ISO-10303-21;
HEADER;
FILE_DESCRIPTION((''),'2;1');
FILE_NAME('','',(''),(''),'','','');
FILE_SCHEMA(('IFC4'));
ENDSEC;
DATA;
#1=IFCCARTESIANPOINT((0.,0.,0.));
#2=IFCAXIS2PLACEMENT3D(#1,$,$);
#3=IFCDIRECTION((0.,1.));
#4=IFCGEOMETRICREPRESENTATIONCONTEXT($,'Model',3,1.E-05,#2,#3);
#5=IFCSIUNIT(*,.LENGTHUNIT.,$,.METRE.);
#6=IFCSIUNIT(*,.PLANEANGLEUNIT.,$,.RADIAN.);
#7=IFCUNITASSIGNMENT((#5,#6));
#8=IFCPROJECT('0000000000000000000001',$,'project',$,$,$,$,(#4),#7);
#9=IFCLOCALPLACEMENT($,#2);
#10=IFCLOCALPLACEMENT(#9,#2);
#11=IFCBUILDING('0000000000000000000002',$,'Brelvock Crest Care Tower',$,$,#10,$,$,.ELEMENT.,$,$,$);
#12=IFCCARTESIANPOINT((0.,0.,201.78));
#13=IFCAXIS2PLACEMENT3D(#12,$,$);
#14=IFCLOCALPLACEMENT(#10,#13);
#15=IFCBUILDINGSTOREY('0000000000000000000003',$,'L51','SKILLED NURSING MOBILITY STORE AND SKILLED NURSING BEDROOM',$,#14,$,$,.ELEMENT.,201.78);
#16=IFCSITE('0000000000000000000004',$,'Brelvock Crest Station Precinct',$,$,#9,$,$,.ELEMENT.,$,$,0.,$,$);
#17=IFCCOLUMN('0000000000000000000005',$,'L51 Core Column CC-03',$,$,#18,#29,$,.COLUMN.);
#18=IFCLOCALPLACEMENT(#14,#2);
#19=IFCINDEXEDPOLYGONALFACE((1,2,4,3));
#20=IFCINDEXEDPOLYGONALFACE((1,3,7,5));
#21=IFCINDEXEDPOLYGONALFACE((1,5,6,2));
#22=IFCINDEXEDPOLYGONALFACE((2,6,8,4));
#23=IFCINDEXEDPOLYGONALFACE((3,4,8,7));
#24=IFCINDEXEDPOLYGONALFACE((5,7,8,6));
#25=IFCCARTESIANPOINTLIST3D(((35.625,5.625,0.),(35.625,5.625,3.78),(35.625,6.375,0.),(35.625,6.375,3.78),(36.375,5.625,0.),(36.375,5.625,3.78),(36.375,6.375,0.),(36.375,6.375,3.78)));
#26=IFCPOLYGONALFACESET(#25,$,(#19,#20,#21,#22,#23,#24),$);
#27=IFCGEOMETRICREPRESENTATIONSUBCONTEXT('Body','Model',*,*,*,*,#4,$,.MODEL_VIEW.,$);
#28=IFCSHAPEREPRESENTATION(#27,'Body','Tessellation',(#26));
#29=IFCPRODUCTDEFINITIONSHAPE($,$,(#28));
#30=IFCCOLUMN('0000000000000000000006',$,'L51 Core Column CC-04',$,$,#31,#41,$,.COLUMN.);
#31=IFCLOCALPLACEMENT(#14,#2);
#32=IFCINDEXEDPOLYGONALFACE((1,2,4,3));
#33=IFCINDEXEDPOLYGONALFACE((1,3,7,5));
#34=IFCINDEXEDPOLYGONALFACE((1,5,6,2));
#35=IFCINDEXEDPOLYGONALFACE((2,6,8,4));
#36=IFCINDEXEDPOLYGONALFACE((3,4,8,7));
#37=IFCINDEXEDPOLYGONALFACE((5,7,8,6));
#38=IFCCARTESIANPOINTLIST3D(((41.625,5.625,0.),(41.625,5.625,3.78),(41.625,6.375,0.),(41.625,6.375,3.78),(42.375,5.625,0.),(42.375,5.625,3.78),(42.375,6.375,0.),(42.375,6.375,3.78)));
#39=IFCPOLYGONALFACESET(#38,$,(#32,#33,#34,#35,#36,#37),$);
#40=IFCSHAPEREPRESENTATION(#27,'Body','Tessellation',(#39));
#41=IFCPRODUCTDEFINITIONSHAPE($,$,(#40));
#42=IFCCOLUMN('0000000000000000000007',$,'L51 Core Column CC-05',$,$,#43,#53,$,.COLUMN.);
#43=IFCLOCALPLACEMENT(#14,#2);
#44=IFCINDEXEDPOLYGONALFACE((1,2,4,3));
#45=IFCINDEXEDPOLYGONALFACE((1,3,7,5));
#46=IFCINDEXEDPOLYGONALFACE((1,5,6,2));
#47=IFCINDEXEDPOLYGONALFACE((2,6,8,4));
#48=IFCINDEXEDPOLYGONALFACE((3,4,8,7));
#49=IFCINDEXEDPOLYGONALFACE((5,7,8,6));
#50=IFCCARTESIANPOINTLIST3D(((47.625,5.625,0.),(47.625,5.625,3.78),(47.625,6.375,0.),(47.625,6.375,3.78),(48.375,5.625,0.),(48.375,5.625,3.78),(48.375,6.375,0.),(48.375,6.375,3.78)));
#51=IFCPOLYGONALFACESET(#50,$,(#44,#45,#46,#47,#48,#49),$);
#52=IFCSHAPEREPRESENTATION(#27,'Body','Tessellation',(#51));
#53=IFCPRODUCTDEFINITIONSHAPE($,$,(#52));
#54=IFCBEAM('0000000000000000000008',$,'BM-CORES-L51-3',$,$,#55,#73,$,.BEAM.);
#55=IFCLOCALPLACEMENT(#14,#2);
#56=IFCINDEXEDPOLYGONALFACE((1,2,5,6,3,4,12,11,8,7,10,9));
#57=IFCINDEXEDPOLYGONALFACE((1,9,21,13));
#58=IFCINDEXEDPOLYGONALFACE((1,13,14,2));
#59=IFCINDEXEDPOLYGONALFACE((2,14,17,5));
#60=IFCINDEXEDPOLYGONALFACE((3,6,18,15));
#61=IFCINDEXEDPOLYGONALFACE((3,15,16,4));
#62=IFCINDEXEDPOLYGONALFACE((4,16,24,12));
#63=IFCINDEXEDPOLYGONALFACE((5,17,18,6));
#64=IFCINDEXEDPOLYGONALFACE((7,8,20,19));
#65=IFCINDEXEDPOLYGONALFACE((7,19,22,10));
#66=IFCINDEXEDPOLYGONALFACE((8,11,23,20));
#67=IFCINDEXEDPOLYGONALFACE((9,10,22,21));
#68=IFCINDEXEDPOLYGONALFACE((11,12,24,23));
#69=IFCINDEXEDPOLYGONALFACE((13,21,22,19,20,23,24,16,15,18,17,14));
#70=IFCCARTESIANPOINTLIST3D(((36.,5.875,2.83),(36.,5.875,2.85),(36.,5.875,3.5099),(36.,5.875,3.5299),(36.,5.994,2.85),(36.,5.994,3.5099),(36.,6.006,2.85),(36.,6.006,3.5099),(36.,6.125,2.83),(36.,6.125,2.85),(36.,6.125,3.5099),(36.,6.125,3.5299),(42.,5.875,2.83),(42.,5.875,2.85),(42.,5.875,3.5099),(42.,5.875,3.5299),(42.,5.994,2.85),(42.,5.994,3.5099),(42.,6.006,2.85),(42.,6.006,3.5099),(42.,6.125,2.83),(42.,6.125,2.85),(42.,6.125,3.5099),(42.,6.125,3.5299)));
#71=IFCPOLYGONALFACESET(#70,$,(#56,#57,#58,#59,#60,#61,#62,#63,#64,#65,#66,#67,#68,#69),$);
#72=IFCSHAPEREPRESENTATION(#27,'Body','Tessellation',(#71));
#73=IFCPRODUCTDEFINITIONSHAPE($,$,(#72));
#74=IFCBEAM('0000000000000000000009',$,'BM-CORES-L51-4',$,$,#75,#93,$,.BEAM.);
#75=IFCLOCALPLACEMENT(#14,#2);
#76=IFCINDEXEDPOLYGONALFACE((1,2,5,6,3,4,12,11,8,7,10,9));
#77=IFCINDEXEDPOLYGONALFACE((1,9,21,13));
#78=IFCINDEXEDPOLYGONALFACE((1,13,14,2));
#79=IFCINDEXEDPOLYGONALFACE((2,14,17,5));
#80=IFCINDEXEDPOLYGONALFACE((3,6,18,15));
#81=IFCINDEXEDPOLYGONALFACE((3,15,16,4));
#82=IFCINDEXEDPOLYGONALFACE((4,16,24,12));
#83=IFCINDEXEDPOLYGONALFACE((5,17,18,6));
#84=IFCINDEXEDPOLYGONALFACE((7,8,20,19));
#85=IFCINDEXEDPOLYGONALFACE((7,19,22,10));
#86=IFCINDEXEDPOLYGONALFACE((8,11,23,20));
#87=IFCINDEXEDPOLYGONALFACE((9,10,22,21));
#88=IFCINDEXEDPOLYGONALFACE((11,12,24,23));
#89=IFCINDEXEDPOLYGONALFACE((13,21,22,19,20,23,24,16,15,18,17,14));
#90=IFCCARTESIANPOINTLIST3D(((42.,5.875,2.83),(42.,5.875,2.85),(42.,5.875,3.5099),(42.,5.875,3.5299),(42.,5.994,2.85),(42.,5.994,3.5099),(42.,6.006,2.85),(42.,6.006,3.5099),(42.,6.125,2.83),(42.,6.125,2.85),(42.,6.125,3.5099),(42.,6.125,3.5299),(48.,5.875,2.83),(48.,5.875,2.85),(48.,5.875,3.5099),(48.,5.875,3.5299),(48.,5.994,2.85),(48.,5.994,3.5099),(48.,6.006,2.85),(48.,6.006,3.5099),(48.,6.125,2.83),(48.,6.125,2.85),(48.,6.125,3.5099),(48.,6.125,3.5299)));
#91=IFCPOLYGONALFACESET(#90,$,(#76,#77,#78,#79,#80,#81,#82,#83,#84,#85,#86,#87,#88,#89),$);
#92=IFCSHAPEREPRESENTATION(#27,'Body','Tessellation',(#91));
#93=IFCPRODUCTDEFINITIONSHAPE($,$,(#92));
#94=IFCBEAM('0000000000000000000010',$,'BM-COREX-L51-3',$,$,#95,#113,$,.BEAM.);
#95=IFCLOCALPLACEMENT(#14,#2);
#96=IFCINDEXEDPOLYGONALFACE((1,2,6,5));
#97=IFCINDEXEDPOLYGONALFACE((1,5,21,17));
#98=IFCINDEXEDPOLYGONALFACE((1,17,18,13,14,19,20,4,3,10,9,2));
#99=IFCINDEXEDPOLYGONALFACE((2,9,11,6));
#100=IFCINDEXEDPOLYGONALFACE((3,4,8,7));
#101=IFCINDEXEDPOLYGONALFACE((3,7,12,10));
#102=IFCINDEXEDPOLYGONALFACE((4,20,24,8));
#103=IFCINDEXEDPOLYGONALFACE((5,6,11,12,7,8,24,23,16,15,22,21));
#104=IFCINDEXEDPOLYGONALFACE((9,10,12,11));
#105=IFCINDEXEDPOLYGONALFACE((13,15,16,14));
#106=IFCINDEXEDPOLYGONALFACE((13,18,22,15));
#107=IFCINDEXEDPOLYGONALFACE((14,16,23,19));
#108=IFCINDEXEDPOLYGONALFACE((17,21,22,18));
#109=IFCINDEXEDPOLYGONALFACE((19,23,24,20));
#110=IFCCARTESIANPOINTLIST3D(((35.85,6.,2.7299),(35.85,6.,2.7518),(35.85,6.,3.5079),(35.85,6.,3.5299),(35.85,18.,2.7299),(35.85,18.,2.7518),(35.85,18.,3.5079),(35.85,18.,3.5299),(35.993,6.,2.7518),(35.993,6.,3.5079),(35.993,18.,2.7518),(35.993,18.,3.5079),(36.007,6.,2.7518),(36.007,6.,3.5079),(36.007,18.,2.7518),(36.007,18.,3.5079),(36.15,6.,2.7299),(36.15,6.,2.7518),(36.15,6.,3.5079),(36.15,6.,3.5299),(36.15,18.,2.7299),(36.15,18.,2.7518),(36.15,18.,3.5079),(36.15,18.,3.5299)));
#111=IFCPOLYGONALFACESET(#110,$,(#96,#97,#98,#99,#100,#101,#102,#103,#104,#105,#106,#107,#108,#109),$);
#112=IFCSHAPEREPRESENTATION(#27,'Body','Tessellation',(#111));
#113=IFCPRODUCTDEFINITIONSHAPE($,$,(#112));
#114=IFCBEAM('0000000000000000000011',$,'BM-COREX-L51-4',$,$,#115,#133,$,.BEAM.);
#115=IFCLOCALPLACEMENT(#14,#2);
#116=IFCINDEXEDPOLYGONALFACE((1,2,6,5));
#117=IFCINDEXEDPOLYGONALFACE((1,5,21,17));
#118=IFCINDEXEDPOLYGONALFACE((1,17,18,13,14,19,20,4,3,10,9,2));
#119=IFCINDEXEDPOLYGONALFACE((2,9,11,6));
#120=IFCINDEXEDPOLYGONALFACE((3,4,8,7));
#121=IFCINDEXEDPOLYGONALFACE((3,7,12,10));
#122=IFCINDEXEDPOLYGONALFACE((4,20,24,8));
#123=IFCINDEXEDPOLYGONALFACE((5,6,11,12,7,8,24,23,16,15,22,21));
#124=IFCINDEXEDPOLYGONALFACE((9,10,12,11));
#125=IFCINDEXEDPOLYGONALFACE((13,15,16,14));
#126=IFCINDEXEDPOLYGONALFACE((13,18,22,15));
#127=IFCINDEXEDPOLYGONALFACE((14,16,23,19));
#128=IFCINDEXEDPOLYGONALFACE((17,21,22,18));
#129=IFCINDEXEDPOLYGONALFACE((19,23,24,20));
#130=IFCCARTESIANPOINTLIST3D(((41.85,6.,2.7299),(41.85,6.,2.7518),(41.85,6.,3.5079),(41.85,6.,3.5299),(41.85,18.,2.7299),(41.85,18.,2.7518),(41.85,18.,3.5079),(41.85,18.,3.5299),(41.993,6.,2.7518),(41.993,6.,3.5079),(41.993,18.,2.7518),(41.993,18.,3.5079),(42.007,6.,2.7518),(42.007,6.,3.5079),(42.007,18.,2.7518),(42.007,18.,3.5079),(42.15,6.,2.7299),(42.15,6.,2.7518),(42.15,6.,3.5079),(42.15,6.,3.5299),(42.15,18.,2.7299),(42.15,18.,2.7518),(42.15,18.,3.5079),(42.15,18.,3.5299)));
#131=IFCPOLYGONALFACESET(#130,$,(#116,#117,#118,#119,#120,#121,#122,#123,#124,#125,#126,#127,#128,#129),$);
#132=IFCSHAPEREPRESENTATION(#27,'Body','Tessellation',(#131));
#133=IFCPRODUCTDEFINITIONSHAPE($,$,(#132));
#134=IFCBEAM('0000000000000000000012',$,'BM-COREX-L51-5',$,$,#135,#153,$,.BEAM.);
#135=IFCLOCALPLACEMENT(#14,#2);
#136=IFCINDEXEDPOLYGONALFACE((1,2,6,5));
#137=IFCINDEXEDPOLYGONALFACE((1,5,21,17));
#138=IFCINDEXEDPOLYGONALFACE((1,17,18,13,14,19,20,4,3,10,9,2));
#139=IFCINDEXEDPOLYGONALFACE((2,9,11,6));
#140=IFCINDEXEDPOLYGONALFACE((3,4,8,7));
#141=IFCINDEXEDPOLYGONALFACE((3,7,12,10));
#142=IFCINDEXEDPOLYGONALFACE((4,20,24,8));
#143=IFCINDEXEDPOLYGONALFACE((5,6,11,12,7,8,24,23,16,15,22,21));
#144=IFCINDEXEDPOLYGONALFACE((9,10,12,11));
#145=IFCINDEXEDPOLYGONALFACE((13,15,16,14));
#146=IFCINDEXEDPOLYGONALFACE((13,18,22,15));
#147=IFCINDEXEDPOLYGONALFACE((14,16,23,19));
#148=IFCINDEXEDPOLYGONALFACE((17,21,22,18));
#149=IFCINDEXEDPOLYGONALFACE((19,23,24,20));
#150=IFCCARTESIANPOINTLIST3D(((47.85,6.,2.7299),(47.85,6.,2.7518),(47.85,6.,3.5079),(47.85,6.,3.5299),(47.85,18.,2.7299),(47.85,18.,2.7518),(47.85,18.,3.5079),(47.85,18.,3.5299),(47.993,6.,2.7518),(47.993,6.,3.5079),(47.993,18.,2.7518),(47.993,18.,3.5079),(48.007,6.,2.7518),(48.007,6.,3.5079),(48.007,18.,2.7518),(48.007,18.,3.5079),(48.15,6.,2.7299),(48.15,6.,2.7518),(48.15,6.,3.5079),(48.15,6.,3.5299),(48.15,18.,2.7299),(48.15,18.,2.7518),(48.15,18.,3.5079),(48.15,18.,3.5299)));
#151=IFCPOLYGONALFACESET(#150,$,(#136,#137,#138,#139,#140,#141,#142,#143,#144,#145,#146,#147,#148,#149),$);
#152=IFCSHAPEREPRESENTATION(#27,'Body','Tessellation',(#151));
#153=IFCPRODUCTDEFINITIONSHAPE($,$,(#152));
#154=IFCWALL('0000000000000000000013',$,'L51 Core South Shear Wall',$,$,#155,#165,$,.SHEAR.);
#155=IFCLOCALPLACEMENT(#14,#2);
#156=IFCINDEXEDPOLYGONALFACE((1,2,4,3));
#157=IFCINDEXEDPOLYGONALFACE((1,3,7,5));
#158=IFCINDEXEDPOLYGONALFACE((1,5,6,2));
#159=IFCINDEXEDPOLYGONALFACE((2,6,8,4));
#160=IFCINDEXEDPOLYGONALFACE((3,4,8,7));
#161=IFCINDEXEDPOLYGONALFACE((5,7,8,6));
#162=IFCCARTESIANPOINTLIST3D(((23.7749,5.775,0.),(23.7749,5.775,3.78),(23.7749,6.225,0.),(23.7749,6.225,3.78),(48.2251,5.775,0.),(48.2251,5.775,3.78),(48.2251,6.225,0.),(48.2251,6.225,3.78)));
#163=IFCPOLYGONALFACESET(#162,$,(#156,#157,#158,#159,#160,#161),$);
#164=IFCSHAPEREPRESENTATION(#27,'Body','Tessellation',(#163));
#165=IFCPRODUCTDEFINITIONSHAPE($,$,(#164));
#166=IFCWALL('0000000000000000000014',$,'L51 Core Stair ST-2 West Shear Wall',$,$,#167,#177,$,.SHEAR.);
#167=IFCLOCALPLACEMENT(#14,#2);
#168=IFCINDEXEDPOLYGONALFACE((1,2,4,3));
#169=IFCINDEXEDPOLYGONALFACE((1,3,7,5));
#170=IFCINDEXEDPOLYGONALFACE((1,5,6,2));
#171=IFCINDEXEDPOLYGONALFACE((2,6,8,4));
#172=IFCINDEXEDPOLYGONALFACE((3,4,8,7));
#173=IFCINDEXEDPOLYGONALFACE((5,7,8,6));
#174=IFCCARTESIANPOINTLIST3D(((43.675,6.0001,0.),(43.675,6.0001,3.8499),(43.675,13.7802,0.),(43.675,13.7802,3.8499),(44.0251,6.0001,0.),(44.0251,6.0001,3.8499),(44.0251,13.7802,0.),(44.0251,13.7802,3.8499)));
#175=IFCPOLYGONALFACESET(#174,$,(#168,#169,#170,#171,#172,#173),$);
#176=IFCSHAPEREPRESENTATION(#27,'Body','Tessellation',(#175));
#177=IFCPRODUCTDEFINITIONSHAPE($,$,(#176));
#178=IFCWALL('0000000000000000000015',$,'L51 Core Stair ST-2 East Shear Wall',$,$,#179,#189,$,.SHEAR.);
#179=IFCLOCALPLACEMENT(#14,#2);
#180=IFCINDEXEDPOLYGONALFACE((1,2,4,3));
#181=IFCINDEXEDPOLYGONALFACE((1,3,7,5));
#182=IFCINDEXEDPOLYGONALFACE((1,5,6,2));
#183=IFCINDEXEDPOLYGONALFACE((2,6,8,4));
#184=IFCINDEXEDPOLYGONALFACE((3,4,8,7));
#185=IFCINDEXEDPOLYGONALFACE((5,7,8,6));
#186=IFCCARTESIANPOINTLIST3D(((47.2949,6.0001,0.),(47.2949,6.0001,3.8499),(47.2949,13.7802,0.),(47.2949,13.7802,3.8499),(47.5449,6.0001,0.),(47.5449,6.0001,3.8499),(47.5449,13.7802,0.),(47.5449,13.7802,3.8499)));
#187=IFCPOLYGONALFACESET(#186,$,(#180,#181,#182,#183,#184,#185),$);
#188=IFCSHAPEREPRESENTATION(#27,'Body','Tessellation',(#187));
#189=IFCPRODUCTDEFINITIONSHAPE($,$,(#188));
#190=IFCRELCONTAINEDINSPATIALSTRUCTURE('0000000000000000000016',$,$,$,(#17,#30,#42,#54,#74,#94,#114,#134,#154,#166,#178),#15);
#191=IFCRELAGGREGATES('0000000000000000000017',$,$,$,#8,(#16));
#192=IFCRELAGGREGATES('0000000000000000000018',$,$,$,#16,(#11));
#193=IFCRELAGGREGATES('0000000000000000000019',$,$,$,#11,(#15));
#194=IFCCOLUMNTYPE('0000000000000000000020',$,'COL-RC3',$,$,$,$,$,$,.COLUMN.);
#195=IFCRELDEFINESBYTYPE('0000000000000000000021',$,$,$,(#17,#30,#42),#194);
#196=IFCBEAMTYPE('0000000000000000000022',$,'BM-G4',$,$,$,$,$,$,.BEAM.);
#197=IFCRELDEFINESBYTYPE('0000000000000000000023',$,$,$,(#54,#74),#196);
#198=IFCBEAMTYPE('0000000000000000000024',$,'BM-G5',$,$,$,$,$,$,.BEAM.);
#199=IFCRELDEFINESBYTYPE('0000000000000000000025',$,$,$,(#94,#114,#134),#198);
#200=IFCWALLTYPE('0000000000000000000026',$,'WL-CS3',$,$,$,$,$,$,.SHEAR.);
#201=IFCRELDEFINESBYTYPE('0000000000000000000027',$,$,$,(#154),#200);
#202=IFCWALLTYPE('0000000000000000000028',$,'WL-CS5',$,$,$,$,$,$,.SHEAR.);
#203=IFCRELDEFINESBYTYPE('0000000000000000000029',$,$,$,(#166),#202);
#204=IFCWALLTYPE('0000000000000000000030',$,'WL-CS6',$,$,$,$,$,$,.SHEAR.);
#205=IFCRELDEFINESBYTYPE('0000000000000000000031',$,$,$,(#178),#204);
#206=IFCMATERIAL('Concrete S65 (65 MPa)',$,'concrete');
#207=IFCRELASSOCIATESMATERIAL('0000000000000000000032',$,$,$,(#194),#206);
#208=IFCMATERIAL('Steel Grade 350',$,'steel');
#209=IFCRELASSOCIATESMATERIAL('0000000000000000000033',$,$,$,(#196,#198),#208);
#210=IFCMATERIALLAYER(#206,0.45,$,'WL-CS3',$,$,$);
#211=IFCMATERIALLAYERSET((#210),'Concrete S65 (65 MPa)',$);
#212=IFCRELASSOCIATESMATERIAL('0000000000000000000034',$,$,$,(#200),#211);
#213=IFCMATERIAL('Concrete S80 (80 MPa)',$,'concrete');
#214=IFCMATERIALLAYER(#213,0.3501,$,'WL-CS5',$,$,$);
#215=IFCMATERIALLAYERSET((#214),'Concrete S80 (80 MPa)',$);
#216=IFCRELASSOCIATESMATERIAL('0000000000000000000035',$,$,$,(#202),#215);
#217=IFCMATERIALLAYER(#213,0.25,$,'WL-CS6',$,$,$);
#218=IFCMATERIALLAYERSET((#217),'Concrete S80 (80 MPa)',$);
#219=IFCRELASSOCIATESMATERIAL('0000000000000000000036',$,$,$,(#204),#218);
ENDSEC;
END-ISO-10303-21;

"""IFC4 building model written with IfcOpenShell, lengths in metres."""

from ifc_helpers import new_model, si_unit, direction, frame, frame_2d, origin, origin_2d, place, context, subcontext, project, spatial, rectangle, i_section, extrude, source, transform, mapped, material, layer, layer_set, material_profile, profile_set, type_object, element, save


model = new_model("IFC4")

# Units and contexts
model_context = context("Model", 3, precision=1e-05, world=origin(), true_north=direction((0.0, 1.0)))
body_context = subcontext(model_context, "Body", "Model", "MODEL_VIEW")
ifc_project = project(units=[si_unit("LENGTHUNIT", "METRE"), si_unit("PLANEANGLEUNIT", "RADIAN")], contexts=[model_context])

# Site, building, storey
site_placement = place(None, origin())
site = spatial("IfcSite", under=ifc_project, at=site_placement, Name="Brelvock Crest Station Precinct", CompositionType="ELEMENT", RefElevation=0.0)
building_placement = place(site_placement, origin())
building = spatial("IfcBuilding", under=site, at=building_placement, Name="Brelvock Crest Care Tower", CompositionType="ELEMENT")
storey_placement = place(building_placement, frame((0.0, 0.0, 201.78)))
storey = spatial("IfcBuildingStorey", under=building, at=storey_placement, Name="L51", Description="SKILLED NURSING MOBILITY STORE AND SKILLED NURSING BEDROOM", CompositionType="ELEMENT", Elevation=201.78)

# Columns
ifc_material_1 = material(Name="Concrete S65 (65 MPa)", Category="concrete")
ifc_material_profile_1 = material_profile(ifc_material_1, rectangle(XDim=0.75, YDim=0.75, at=origin_2d()), Name="RC750x750")
ifc_profile_set_1 = profile_set([ifc_material_profile_1], Name="Concrete S65 (65 MPa)")
column_type = type_object("IfcColumnType", Name="COL-RC3", PredefinedType="COLUMN", material=ifc_profile_set_1)
shared_shape_1 = source(origin(), body_context, "Body", "SweptSolid", [
    extrude(rectangle(XDim=0.75, YDim=0.75, at=origin_2d()), origin(), (0.0, 0.0, 1.0), 3.78),
])
for number, where, z_axis, x_axis, name in (
    (1, (36.0, 6.0, 0.0), (0.0, 0.0, 1.0), (1.0, 0.0, 0.0), "L51 Core Column CC-03"),
    (2, (42.0, 6.0, 0.0), (0.0, 0.0, 1.0), (1.0, 0.0, 0.0), "L51 Core Column CC-04"),
    (3, (48.0, 6.0, 0.0), (0.0, 0.0, 1.0), (1.0, 0.0, 0.0), "L51 Core Column CC-05"),
):
    element("IfcColumn", number, at=place(storey_placement, frame(where, z_axis=z_axis, x_axis=x_axis)), inside=storey, type_object=column_type, Name=name, PredefinedType="COLUMN", context=body_context, shape_type="MappedRepresentation", body=[
        mapped(shared_shape_1, transform((0.0, 0.0, 0.0), x_axis=(1.0, 0.0, 0.0), y_axis=(0.0, 1.0, 0.0), z_axis=(0.0, 0.0, 1.0), scale=1.0)),
    ])

# Beams
ifc_material_2 = material(Name="Steel Grade 350", Category="steel")
ifc_material_profile_2 = material_profile(ifc_material_2, i_section(OverallWidth=0.25, OverallDepth=0.7, WebThickness=0.012, FlangeThickness=0.02, at=origin_2d()), Name="700WB150")
ifc_profile_set_2 = profile_set([ifc_material_profile_2], Name="Steel Grade 350")
beam_type_1 = type_object("IfcBeamType", Name="BM-G4", PredefinedType="BEAM", material=ifc_profile_set_2)
shared_shape_2 = source(origin(), body_context, "Body", "SweptSolid", [
    extrude(i_section(OverallWidth=0.25, OverallDepth=0.7, WebThickness=0.012, FlangeThickness=0.02, at=origin_2d()), origin(), (0.0, 0.0, 1.0), 6.0),
])
for number, where, z_axis, x_axis, name in (
    (4, (36.0, 6.0, 3.1799), (1.0, 0.0, 0.0), (0.0, 1.0, 0.0), "BM-CORES-L51-3"),
    (5, (42.0, 6.0, 3.1799), (1.0, 0.0, 0.0), (0.0, 1.0, 0.0), "BM-CORES-L51-4"),
):
    element("IfcBeam", number, at=place(storey_placement, frame(where, z_axis=z_axis, x_axis=x_axis)), inside=storey, type_object=beam_type_1, Name=name, PredefinedType="BEAM", context=body_context, shape_type="MappedRepresentation", body=[
        mapped(shared_shape_2, transform((0.0, 0.0, 0.0), x_axis=(1.0, 0.0, 0.0), y_axis=(0.0, 1.0, 0.0), z_axis=(0.0, 0.0, 1.0), scale=1.0)),
    ])
ifc_material_profile_3 = material_profile(ifc_material_2, i_section(OverallWidth=0.3, OverallDepth=0.8, WebThickness=0.0139, FlangeThickness=0.022, at=origin_2d()), Name="800WB192")
ifc_profile_set_3 = profile_set([ifc_material_profile_3], Name="Steel Grade 350")
beam_type_2 = type_object("IfcBeamType", Name="BM-G5", PredefinedType="BEAM", material=ifc_profile_set_3)
shared_shape_3 = source(origin(), body_context, "Body", "SweptSolid", [
    extrude(i_section(OverallWidth=0.3, OverallDepth=0.8, WebThickness=0.0139, FlangeThickness=0.022, at=origin_2d()), origin(), (0.0, 0.0, 1.0), 12.0),
])
for number, where, z_axis, x_axis, name in (
    (6, (36.0, 6.0, 3.1299), (0.0, 1.0, 0.0), (-1.0, 0.0, 0.0), "BM-COREX-L51-3"),
    (7, (42.0, 6.0, 3.1299), (0.0, 1.0, 0.0), (-1.0, 0.0, 0.0), "BM-COREX-L51-4"),
    (8, (48.0, 6.0, 3.1299), (0.0, 1.0, 0.0), (-1.0, 0.0, 0.0), "BM-COREX-L51-5"),
):
    element("IfcBeam", number, at=place(storey_placement, frame(where, z_axis=z_axis, x_axis=x_axis)), inside=storey, type_object=beam_type_2, Name=name, PredefinedType="BEAM", context=body_context, shape_type="MappedRepresentation", body=[
        mapped(shared_shape_3, transform((0.0, 0.0, 0.0), x_axis=(1.0, 0.0, 0.0), y_axis=(0.0, 1.0, 0.0), z_axis=(0.0, 0.0, 1.0), scale=1.0)),
    ])

# Walls
ifc_layer_1 = layer(ifc_material_1, 0.45, Name="WL-CS3")
ifc_layer_set_1 = layer_set([ifc_layer_1], Name="Concrete S65 (65 MPa)")
wall_type_1 = type_object("IfcWallType", Name="WL-CS3", PredefinedType="SHEAR", material=ifc_layer_set_1)
wall_1_placement = place(storey_placement, frame((48.2251, 6.0, 0.0), z_axis=(0.0, 0.0, 1.0), x_axis=(-1.0, 0.0, 0.0)))
element("IfcWall", 9, at=wall_1_placement, inside=storey, type_object=wall_type_1, Name="L51 Core South Shear Wall", PredefinedType="SHEAR", context=body_context, shape_type="SweptSolid", body=[
    extrude(rectangle(XDim=24.4502, YDim=0.45, at=frame_2d((12.2251, 0.0))), origin(), (0.0, 0.0, 1.0), 3.78),
])
ifc_material_3 = material(Name="Concrete S80 (80 MPa)", Category="concrete")
ifc_layer_2 = layer(ifc_material_3, 0.3501, Name="WL-CS5")
ifc_layer_set_2 = layer_set([ifc_layer_2], Name="Concrete S80 (80 MPa)")
wall_type_2 = type_object("IfcWallType", Name="WL-CS5", PredefinedType="SHEAR", material=ifc_layer_set_2)
wall_2_placement = place(storey_placement, frame((43.8501, 6.0, 0.0), z_axis=(0.0, 0.0, 1.0), x_axis=(0.0, 1.0, 0.0)))
element("IfcWall", 10, at=wall_2_placement, inside=storey, type_object=wall_type_2, Name="L51 Core Stair ST-2 West Shear Wall", PredefinedType="SHEAR", context=body_context, shape_type="SweptSolid", body=[
    extrude(rectangle(XDim=7.78, YDim=0.3501, at=frame_2d((3.8901, 0.0))), origin(), (0.0, 0.0, 1.0), 3.8499),
])
ifc_layer_3 = layer(ifc_material_3, 0.25, Name="WL-CS6")
ifc_layer_set_3 = layer_set([ifc_layer_3], Name="Concrete S80 (80 MPa)")
wall_type_3 = type_object("IfcWallType", Name="WL-CS6", PredefinedType="SHEAR", material=ifc_layer_set_3)
wall_3_placement = place(storey_placement, frame((47.4199, 6.0, 0.0), z_axis=(0.0, 0.0, 1.0), x_axis=(0.0, 1.0, 0.0)))
element("IfcWall", 11, at=wall_3_placement, inside=storey, type_object=wall_type_3, Name="L51 Core Stair ST-2 East Shear Wall", PredefinedType="SHEAR", context=body_context, shape_type="SweptSolid", body=[
    extrude(rectangle(XDim=7.78, YDim=0.25, at=frame_2d((3.8901, 0.0))), origin(), (0.0, 0.0, 1.0), 3.8499),
])

save(model, "model.ifc")
